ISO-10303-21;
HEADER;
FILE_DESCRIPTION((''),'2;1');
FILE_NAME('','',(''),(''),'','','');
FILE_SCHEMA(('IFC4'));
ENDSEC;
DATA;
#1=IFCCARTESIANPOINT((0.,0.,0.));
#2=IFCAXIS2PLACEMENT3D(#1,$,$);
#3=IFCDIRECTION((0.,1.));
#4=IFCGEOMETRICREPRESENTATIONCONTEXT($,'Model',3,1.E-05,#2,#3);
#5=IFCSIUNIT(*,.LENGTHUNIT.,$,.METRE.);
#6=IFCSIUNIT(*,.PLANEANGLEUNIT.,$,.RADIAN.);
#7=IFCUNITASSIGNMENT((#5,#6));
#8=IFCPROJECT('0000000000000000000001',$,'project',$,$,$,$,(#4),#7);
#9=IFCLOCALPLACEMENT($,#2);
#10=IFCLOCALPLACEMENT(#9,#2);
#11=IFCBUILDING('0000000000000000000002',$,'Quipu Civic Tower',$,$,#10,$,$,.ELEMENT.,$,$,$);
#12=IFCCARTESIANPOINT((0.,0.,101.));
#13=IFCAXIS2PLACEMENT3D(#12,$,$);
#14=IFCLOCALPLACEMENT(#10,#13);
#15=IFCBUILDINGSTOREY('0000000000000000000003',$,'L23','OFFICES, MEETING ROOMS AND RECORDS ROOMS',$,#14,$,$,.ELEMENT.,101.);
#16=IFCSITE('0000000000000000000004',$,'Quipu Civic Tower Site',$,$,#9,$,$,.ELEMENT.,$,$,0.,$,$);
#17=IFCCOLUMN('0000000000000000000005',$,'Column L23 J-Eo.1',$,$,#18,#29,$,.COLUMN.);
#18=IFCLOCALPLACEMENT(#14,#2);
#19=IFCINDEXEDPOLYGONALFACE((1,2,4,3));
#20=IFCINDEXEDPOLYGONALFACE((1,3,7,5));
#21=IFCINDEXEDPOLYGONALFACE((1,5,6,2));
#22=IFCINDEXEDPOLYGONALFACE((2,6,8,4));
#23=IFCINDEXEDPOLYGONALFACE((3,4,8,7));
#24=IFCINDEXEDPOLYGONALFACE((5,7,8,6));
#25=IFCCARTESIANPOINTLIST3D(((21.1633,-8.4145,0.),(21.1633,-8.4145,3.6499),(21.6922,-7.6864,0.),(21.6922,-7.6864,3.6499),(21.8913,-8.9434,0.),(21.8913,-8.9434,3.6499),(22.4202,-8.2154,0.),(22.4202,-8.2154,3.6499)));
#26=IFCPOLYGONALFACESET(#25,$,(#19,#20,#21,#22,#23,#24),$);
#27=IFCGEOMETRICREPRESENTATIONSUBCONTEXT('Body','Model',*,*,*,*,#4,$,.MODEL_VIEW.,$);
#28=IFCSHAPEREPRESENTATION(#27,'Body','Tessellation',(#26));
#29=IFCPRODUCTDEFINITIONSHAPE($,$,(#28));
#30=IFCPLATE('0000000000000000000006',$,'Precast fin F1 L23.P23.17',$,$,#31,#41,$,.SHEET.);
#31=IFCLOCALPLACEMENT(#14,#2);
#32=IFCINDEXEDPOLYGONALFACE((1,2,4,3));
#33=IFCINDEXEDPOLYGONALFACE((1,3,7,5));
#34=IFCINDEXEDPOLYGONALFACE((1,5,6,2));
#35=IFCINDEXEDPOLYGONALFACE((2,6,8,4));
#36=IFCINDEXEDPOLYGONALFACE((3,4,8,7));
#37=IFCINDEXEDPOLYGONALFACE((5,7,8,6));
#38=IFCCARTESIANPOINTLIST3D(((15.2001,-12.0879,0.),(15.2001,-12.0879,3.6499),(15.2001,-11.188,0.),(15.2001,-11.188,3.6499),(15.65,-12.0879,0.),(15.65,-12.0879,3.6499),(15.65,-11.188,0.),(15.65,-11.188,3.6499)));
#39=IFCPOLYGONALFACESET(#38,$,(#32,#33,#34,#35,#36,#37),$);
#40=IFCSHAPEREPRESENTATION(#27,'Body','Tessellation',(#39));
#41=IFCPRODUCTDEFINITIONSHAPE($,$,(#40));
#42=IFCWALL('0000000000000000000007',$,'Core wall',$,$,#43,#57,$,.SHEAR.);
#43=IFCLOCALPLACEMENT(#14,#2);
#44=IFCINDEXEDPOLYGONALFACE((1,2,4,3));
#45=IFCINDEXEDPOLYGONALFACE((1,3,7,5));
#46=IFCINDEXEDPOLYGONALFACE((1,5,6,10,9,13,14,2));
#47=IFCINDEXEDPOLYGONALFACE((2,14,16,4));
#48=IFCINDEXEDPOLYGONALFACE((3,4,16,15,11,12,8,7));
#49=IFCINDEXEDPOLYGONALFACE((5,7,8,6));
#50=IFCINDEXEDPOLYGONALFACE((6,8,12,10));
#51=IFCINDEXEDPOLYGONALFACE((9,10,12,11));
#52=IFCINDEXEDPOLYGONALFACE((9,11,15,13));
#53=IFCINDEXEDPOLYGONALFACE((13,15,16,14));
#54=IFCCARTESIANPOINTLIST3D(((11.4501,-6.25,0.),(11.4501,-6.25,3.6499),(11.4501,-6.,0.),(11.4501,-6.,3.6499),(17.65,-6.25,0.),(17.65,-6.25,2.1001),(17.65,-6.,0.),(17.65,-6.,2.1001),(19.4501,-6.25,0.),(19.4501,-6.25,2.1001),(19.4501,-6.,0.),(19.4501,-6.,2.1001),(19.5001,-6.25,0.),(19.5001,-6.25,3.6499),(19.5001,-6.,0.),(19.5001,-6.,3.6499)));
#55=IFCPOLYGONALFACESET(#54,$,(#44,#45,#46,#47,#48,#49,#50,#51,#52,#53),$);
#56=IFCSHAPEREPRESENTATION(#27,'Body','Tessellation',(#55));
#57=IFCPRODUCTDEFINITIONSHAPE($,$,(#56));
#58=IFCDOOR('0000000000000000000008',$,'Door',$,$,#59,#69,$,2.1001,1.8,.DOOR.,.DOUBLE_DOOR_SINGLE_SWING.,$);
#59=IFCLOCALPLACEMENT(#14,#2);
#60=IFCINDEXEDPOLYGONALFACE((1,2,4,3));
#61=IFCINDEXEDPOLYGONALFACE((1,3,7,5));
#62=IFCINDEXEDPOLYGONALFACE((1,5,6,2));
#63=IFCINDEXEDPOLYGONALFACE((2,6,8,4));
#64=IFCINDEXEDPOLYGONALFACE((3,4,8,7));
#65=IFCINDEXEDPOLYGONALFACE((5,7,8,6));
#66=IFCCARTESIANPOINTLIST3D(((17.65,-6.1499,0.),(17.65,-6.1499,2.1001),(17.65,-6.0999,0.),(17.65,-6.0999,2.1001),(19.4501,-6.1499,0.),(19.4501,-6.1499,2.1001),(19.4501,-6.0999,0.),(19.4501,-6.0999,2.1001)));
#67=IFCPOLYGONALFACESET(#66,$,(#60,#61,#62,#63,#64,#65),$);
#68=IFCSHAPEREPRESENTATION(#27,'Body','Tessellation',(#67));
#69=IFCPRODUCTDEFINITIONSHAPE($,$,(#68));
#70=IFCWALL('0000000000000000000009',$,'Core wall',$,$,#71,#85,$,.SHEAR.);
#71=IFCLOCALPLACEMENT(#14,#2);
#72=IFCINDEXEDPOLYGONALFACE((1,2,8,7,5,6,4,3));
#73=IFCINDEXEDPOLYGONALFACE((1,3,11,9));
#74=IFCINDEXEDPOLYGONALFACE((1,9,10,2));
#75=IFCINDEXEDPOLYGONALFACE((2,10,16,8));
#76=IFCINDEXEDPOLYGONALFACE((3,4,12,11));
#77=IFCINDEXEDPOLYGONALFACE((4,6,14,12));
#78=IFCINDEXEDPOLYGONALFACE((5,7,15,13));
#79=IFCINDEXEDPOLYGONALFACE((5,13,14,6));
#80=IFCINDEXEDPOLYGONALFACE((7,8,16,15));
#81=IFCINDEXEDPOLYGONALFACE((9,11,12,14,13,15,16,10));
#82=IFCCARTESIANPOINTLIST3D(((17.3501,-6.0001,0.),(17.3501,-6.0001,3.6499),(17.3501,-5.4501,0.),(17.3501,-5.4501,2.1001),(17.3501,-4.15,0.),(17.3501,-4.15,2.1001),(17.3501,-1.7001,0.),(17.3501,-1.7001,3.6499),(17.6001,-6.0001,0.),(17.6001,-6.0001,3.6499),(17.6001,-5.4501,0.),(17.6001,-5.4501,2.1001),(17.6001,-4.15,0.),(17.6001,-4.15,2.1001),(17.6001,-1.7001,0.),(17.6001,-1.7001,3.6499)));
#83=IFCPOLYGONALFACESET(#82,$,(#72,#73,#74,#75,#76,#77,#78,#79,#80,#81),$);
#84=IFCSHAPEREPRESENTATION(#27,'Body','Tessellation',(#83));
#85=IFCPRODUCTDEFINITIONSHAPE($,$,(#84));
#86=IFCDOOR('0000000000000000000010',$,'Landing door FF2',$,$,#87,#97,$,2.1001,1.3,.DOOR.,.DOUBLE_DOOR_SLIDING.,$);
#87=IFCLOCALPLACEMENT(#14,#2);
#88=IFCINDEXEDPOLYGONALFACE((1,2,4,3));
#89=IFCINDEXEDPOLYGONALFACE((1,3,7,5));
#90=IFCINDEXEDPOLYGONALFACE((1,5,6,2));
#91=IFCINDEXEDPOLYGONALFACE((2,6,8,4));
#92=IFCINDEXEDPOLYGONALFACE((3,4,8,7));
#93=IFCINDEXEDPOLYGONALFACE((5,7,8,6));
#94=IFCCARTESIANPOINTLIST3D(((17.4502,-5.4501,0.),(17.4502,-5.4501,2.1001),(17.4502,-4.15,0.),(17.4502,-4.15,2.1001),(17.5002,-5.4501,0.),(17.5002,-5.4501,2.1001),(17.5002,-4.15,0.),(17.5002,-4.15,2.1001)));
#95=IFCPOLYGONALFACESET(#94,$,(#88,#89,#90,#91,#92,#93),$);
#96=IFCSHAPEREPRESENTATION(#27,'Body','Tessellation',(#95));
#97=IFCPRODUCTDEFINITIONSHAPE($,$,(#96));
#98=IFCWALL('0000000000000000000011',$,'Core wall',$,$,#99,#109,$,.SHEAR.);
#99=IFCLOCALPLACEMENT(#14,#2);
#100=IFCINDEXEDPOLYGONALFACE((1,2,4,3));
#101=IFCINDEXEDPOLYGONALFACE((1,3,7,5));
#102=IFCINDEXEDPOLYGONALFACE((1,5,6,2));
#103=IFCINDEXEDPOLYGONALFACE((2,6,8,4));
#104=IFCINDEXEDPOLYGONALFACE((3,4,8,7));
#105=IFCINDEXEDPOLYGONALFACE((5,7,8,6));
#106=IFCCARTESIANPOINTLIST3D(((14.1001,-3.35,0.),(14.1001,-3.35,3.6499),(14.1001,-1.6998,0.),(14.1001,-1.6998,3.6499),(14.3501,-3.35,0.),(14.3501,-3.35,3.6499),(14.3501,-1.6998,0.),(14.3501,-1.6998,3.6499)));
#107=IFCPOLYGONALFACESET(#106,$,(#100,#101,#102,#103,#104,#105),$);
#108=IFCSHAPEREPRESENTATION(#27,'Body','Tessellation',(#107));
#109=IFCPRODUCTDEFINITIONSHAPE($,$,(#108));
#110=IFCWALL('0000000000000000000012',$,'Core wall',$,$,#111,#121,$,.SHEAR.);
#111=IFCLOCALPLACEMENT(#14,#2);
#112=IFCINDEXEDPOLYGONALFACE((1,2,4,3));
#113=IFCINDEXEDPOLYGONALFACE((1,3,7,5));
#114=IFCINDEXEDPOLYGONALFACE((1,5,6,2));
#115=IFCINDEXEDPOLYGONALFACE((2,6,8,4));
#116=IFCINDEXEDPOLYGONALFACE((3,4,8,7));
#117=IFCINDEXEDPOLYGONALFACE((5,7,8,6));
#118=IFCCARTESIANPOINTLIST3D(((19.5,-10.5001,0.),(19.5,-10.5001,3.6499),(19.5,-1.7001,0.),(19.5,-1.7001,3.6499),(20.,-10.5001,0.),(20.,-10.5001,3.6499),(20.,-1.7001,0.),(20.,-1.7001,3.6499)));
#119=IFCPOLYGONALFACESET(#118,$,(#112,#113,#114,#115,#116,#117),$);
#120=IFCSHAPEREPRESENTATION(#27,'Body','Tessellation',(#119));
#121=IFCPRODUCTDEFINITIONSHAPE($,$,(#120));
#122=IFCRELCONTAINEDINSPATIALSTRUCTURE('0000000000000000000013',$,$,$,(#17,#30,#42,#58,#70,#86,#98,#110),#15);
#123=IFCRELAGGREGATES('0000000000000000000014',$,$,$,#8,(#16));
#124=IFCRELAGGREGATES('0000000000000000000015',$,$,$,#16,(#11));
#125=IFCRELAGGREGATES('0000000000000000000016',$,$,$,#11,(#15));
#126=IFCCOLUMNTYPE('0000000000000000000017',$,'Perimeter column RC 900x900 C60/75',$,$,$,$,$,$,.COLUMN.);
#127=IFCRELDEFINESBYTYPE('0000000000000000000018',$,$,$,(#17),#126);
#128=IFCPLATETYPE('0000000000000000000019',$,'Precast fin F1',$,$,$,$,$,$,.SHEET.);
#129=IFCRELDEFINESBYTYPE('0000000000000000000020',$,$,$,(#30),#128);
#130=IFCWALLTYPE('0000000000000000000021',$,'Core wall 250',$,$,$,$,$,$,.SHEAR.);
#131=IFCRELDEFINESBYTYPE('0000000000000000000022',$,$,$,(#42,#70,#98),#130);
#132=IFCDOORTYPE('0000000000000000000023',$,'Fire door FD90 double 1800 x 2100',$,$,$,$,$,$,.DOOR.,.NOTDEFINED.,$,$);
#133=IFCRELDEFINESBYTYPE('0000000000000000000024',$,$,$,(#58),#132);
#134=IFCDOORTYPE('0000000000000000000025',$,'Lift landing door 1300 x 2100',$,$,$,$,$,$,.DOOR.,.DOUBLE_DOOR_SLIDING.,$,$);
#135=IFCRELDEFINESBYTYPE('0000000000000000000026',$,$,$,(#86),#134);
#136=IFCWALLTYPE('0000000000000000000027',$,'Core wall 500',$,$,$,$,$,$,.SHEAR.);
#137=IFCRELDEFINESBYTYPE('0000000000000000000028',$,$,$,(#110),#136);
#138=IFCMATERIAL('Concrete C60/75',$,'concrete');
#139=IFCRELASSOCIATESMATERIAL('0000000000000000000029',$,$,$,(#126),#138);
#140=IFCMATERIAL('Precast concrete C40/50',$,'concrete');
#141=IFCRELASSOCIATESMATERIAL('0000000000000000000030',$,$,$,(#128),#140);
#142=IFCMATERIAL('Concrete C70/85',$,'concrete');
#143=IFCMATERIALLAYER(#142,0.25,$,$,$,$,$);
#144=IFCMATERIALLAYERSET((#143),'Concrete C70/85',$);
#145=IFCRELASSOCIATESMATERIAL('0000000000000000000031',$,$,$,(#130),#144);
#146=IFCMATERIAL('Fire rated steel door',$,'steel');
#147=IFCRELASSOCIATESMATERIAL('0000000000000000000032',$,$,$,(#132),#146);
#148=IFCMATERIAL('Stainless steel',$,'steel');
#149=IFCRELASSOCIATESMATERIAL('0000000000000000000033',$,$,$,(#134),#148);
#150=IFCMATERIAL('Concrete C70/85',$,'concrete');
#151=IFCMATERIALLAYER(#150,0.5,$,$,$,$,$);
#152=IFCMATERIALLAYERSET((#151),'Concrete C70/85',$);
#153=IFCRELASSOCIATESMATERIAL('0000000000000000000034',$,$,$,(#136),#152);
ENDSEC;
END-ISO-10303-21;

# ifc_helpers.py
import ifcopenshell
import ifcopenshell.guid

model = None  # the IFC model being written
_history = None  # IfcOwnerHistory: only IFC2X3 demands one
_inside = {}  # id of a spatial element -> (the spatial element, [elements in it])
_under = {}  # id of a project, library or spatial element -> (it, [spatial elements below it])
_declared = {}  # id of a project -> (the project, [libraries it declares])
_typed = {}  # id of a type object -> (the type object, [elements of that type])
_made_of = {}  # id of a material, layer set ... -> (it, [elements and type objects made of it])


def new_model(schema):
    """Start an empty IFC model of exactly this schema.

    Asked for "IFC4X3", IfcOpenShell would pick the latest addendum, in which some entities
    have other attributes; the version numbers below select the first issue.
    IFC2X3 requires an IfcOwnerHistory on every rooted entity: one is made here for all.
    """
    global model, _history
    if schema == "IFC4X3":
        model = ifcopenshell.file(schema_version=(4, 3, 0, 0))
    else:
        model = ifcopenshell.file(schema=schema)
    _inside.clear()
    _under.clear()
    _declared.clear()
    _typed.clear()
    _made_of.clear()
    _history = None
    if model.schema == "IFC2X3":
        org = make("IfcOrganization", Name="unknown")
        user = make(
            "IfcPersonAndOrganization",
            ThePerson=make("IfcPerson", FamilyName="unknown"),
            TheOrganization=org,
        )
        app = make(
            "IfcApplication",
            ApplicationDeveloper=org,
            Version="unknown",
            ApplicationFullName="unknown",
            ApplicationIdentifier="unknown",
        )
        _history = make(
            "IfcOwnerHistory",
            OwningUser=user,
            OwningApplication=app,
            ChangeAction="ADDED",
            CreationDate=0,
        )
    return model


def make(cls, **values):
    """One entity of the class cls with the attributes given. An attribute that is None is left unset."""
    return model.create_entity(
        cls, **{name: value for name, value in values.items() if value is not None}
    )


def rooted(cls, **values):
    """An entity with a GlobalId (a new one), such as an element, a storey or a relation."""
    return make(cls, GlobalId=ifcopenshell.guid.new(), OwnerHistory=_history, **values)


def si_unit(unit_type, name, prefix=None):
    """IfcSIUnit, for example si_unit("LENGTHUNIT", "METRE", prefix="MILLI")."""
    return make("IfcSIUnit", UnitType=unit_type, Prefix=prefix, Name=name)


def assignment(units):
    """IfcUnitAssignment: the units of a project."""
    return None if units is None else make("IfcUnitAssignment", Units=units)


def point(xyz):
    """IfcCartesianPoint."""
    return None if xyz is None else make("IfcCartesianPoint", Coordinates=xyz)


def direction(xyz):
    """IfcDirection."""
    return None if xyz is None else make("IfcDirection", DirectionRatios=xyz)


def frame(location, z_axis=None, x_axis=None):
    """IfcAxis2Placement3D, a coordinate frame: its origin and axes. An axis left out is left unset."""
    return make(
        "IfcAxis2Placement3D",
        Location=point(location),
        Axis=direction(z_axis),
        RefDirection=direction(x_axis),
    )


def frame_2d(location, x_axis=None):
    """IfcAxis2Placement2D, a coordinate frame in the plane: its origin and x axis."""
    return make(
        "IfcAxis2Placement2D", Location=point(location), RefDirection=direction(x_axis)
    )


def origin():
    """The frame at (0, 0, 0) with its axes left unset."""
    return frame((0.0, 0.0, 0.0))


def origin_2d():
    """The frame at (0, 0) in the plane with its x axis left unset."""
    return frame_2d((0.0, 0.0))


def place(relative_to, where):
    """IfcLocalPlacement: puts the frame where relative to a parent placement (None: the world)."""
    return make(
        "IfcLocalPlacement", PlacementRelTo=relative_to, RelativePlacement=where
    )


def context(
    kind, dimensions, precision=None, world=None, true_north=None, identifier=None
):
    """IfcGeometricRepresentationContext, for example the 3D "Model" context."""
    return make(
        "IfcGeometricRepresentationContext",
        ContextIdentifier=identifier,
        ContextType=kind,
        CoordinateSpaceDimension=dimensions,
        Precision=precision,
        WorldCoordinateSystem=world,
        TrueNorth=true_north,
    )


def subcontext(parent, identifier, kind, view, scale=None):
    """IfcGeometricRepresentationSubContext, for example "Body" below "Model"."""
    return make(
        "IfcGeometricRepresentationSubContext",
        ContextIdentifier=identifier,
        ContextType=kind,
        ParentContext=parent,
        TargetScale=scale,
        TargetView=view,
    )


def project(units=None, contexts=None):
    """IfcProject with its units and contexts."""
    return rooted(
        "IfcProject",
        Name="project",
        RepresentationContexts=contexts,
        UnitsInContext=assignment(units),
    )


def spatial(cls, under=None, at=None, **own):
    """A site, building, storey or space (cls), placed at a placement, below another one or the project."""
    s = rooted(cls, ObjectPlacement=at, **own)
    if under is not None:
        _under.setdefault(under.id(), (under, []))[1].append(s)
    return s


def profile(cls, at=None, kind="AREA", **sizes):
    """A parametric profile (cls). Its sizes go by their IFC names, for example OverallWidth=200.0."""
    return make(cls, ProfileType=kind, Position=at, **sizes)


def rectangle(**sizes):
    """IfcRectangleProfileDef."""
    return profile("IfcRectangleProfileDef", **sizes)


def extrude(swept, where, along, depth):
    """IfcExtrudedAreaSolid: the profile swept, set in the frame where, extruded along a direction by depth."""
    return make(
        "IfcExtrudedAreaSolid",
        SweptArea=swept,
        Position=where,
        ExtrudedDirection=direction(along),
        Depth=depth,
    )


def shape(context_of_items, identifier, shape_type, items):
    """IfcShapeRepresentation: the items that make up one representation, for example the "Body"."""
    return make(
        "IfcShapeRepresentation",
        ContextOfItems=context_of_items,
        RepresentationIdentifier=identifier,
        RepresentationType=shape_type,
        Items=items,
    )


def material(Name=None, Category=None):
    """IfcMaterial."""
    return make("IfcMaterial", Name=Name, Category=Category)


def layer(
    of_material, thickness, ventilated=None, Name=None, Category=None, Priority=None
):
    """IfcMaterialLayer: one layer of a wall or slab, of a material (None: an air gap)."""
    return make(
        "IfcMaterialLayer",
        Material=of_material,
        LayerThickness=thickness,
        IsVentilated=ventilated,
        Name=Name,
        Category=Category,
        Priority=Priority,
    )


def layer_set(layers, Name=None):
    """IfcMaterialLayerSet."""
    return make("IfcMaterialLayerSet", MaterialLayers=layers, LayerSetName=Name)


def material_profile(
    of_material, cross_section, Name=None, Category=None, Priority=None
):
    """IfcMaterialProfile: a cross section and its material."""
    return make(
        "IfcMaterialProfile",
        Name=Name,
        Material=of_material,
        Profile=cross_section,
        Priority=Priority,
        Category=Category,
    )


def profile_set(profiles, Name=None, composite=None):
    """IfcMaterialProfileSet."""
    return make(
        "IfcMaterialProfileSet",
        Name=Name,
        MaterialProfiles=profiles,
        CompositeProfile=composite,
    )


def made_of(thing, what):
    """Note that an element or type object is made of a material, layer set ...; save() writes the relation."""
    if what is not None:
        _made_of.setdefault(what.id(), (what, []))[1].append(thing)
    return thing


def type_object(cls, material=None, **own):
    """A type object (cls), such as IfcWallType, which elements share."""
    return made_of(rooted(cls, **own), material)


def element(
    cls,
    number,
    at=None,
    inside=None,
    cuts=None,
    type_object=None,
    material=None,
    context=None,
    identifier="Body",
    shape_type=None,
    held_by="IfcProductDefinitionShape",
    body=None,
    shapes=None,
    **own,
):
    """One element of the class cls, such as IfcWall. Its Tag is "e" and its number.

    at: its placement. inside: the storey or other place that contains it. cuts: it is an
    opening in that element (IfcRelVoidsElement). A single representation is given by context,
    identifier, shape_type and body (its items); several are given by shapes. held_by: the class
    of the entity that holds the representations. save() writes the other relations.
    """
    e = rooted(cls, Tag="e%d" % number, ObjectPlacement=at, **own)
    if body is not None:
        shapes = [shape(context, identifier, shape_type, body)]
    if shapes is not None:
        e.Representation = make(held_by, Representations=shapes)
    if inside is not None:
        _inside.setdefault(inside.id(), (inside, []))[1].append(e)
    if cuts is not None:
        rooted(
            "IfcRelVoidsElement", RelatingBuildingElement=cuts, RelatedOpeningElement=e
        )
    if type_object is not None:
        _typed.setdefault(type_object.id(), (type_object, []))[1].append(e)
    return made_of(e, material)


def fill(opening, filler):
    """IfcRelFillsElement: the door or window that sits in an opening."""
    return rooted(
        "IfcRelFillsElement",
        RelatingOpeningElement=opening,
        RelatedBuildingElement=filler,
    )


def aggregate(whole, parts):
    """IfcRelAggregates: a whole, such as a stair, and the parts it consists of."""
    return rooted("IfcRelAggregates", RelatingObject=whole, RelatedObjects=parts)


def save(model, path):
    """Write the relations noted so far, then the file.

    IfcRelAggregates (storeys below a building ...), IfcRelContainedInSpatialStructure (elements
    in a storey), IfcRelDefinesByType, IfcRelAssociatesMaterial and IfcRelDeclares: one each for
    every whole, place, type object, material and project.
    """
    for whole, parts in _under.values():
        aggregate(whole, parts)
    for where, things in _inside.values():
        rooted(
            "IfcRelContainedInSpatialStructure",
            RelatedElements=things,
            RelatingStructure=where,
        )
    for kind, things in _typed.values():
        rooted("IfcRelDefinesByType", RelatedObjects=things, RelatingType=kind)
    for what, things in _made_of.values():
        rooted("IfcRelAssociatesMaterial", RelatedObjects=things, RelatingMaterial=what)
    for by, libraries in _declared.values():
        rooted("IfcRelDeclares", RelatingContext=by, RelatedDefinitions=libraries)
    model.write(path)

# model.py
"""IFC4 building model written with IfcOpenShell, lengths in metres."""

from ifc_helpers import new_model, si_unit, direction, frame, frame_2d, origin, origin_2d, place, context, subcontext, project, spatial, rectangle, extrude, material, layer, layer_set, material_profile, profile_set, type_object, element, fill, save


model = new_model("IFC4")

# Units and contexts
model_context = context("Model", 3, precision=1e-05, world=origin(), true_north=direction((0.0, 1.0)))
body_context = subcontext(model_context, "Body", "Model", "MODEL_VIEW")
ifc_project = project(units=[si_unit("LENGTHUNIT", "METRE"), si_unit("PLANEANGLEUNIT", "RADIAN")], contexts=[model_context])

# Site, building, storey
site_placement = place(None, origin())
site = spatial("IfcSite", under=ifc_project, at=site_placement, Name="Quipu Civic Tower Site", CompositionType="ELEMENT", RefElevation=0.0)
building_placement = place(site_placement, origin())
building = spatial("IfcBuilding", under=site, at=building_placement, Name="Quipu Civic Tower", CompositionType="ELEMENT")
storey_placement = place(building_placement, frame((0.0, 0.0, 101.0)))
storey = spatial("IfcBuildingStorey", under=building, at=storey_placement, Name="L23", Description="OFFICES, MEETING ROOMS AND RECORDS ROOMS", CompositionType="ELEMENT", Elevation=101.0)

# Column
ifc_material_1 = material(Name="Concrete C60/75", Category="concrete")
ifc_material_profile = material_profile(ifc_material_1, rectangle(XDim=0.8999, YDim=0.8999, at=origin_2d()), Name="RC900x900")
ifc_profile_set = profile_set([ifc_material_profile], Name="Concrete C60/75")
column_type = type_object("IfcColumnType", Name="Perimeter column RC 900x900 C60/75", PredefinedType="COLUMN", material=ifc_profile_set)
column_placement = place(storey_placement, frame((21.7917, -8.3149, 0.0), z_axis=(0.0, 0.0, 1.0), x_axis=(0.587785, 0.809017, 0.0)))
element("IfcColumn", 1, at=column_placement, inside=storey, type_object=column_type, Name="Column L23 J-Eo.1", PredefinedType="COLUMN", context=body_context, shape_type="SweptSolid", body=[
    extrude(rectangle(XDim=0.8999, YDim=0.8999, at=origin_2d()), origin(), (0.0, 0.0, 1.0), 3.6499),
])

# Plate
ifc_material_2 = material(Name="Precast concrete C40/50", Category="concrete")
plate_type = type_object("IfcPlateType", Name="Precast fin F1", PredefinedType="SHEET", material=ifc_material_2)
plate_placement = place(storey_placement, frame((15.425, -11.6379, 0.0), z_axis=(0.0, 0.0, 1.0), x_axis=(1.0, 0.0, 0.0)))
element("IfcPlate", 2, at=plate_placement, inside=storey, type_object=plate_type, Name="Precast fin F1 L23.P23.17", PredefinedType="SHEET", context=body_context, shape_type="SweptSolid", body=[
    extrude(rectangle(XDim=0.45, YDim=0.8999, at=origin_2d()), origin(), (0.0, 0.0, 1.0), 3.6499),
])

# Walls, openings, doors
ifc_material_3 = material(Name="Concrete C70/85", Category="concrete")
ifc_layer_1 = layer(ifc_material_3, 0.25)
ifc_layer_set_1 = layer_set([ifc_layer_1], Name="Concrete C70/85")
wall_type_1 = type_object("IfcWallType", Name="Core wall 250", PredefinedType="SHEAR", material=ifc_layer_set_1)
wall_1_placement = place(storey_placement, frame((19.5, -6.125, 0.0), z_axis=(0.0, 0.0, 1.0), x_axis=(-1.0, 0.0, 0.0)))
wall_1 = element("IfcWall", 3, at=wall_1_placement, inside=storey, type_object=wall_type_1, Name="Core wall", PredefinedType="SHEAR", context=body_context, shape_type="SweptSolid", body=[
    extrude(rectangle(XDim=8.05, YDim=0.25, at=frame_2d((4.0249, 0.0))), origin(), (0.0, 0.0, 1.0), 3.6499),
])
opening_1_placement = place(wall_1_placement, frame((0.05, 0.0, 0.0)))
opening_1 = element("IfcOpeningElement", 4, at=opening_1_placement, cuts=wall_1, PredefinedType="OPENING", context=body_context, shape_type="SweptSolid", body=[
    extrude(rectangle(XDim=1.8, YDim=2.1001, at=frame_2d((0.8999, 1.05))), frame((0.0, 0.135, 0.0), z_axis=(0.0, -1.0, 0.0), x_axis=(1.0, 0.0, 0.0)), (0.0, 0.0, 1.0), 0.27),
])
ifc_material_4 = material(Name="Fire rated steel door", Category="steel")
door_type_1 = type_object("IfcDoorType", Name="Fire door FD90 double 1800 x 2100", OperationType="NOTDEFINED", PredefinedType="DOOR", material=ifc_material_4)
door_1_placement = place(opening_1_placement, origin())
door_1 = element("IfcDoor", 5, at=door_1_placement, inside=storey, type_object=door_type_1, Name="Door", OperationType="DOUBLE_DOOR_SINGLE_SWING", OverallHeight=2.1001, OverallWidth=1.8, PredefinedType="DOOR", context=body_context, shape_type="SweptSolid", body=[
    extrude(rectangle(XDim=1.8, YDim=2.1001, at=frame_2d((0.8999, 1.05))), frame((0.0, 0.0249, 0.0), z_axis=(0.0, -1.0, 0.0), x_axis=(1.0, 0.0, 0.0)), (0.0, 0.0, 1.0), 0.05),
])
fill(opening_1, door_1)
wall_2_placement = place(storey_placement, frame((17.4751, -6.0, 0.0), z_axis=(0.0, 0.0, 1.0), x_axis=(0.0, 1.0, 0.0)))
wall_2 = element("IfcWall", 6, at=wall_2_placement, inside=storey, type_object=wall_type_1, Name="Core wall", PredefinedType="SHEAR", context=body_context, shape_type="SweptSolid", body=[
    extrude(rectangle(XDim=4.3, YDim=0.25, at=frame_2d((2.1499, 0.0))), origin(), (0.0, 0.0, 1.0), 3.6499),
])
opening_2_placement = place(wall_2_placement, frame((0.55, 0.0, 0.0)))
opening_2 = element("IfcOpeningElement", 7, at=opening_2_placement, cuts=wall_2, PredefinedType="OPENING", context=body_context, shape_type="SweptSolid", body=[
    extrude(rectangle(XDim=1.3, YDim=2.1001, at=frame_2d((0.6499, 1.05))), frame((0.0, 0.135, 0.0), z_axis=(0.0, -1.0, 0.0), x_axis=(1.0, 0.0, 0.0)), (0.0, 0.0, 1.0), 0.27),
])
ifc_material_5 = material(Name="Stainless steel", Category="steel")
door_type_2 = type_object("IfcDoorType", Name="Lift landing door 1300 x 2100", OperationType="DOUBLE_DOOR_SLIDING", PredefinedType="DOOR", material=ifc_material_5)
door_2_placement = place(opening_2_placement, origin())
door_2 = element("IfcDoor", 8, at=door_2_placement, inside=storey, type_object=door_type_2, Name="Landing door FF2", OperationType="DOUBLE_DOOR_SLIDING", OverallHeight=2.1001, OverallWidth=1.3, PredefinedType="DOOR", context=body_context, shape_type="SweptSolid", body=[
    extrude(rectangle(XDim=1.3, YDim=2.1001, at=frame_2d((0.6499, 1.05))), frame((0.0, 0.0249, 0.0), z_axis=(0.0, -1.0, 0.0), x_axis=(1.0, 0.0, 0.0)), (0.0, 0.0, 1.0), 0.05),
])
fill(opening_2, door_2)

# Walls
wall_3_placement = place(storey_placement, frame((14.2251, -3.3501, 0.0), z_axis=(0.0, 0.0, 1.0), x_axis=(0.0, 1.0, 0.0)))
element("IfcWall", 9, at=wall_3_placement, inside=storey, type_object=wall_type_1, Name="Core wall", PredefinedType="SHEAR", context=body_context, shape_type="SweptSolid", body=[
    extrude(rectangle(XDim=1.6501, YDim=0.25, at=frame_2d((0.8252, 0.0))), origin(), (0.0, 0.0, 1.0), 3.6499),
])
ifc_material_6 = material(Name="Concrete C70/85", Category="concrete")
ifc_layer_2 = layer(ifc_material_6, 0.5)
ifc_layer_set_2 = layer_set([ifc_layer_2], Name="Concrete C70/85")
wall_type_2 = type_object("IfcWallType", Name="Core wall 500", PredefinedType="SHEAR", material=ifc_layer_set_2)
wall_4_placement = place(storey_placement, frame((19.75, -10.5, 0.0), z_axis=(0.0, 0.0, 1.0), x_axis=(0.0, 1.0, 0.0)))
element("IfcWall", 10, at=wall_4_placement, inside=storey, type_object=wall_type_2, Name="Core wall", PredefinedType="SHEAR", context=body_context, shape_type="SweptSolid", body=[
    extrude(rectangle(XDim=8.8, YDim=0.5, at=frame_2d((4.3999, 0.0))), origin(), (0.0, 0.0, 1.0), 3.6499),
])

save(model, "model.ifc")
